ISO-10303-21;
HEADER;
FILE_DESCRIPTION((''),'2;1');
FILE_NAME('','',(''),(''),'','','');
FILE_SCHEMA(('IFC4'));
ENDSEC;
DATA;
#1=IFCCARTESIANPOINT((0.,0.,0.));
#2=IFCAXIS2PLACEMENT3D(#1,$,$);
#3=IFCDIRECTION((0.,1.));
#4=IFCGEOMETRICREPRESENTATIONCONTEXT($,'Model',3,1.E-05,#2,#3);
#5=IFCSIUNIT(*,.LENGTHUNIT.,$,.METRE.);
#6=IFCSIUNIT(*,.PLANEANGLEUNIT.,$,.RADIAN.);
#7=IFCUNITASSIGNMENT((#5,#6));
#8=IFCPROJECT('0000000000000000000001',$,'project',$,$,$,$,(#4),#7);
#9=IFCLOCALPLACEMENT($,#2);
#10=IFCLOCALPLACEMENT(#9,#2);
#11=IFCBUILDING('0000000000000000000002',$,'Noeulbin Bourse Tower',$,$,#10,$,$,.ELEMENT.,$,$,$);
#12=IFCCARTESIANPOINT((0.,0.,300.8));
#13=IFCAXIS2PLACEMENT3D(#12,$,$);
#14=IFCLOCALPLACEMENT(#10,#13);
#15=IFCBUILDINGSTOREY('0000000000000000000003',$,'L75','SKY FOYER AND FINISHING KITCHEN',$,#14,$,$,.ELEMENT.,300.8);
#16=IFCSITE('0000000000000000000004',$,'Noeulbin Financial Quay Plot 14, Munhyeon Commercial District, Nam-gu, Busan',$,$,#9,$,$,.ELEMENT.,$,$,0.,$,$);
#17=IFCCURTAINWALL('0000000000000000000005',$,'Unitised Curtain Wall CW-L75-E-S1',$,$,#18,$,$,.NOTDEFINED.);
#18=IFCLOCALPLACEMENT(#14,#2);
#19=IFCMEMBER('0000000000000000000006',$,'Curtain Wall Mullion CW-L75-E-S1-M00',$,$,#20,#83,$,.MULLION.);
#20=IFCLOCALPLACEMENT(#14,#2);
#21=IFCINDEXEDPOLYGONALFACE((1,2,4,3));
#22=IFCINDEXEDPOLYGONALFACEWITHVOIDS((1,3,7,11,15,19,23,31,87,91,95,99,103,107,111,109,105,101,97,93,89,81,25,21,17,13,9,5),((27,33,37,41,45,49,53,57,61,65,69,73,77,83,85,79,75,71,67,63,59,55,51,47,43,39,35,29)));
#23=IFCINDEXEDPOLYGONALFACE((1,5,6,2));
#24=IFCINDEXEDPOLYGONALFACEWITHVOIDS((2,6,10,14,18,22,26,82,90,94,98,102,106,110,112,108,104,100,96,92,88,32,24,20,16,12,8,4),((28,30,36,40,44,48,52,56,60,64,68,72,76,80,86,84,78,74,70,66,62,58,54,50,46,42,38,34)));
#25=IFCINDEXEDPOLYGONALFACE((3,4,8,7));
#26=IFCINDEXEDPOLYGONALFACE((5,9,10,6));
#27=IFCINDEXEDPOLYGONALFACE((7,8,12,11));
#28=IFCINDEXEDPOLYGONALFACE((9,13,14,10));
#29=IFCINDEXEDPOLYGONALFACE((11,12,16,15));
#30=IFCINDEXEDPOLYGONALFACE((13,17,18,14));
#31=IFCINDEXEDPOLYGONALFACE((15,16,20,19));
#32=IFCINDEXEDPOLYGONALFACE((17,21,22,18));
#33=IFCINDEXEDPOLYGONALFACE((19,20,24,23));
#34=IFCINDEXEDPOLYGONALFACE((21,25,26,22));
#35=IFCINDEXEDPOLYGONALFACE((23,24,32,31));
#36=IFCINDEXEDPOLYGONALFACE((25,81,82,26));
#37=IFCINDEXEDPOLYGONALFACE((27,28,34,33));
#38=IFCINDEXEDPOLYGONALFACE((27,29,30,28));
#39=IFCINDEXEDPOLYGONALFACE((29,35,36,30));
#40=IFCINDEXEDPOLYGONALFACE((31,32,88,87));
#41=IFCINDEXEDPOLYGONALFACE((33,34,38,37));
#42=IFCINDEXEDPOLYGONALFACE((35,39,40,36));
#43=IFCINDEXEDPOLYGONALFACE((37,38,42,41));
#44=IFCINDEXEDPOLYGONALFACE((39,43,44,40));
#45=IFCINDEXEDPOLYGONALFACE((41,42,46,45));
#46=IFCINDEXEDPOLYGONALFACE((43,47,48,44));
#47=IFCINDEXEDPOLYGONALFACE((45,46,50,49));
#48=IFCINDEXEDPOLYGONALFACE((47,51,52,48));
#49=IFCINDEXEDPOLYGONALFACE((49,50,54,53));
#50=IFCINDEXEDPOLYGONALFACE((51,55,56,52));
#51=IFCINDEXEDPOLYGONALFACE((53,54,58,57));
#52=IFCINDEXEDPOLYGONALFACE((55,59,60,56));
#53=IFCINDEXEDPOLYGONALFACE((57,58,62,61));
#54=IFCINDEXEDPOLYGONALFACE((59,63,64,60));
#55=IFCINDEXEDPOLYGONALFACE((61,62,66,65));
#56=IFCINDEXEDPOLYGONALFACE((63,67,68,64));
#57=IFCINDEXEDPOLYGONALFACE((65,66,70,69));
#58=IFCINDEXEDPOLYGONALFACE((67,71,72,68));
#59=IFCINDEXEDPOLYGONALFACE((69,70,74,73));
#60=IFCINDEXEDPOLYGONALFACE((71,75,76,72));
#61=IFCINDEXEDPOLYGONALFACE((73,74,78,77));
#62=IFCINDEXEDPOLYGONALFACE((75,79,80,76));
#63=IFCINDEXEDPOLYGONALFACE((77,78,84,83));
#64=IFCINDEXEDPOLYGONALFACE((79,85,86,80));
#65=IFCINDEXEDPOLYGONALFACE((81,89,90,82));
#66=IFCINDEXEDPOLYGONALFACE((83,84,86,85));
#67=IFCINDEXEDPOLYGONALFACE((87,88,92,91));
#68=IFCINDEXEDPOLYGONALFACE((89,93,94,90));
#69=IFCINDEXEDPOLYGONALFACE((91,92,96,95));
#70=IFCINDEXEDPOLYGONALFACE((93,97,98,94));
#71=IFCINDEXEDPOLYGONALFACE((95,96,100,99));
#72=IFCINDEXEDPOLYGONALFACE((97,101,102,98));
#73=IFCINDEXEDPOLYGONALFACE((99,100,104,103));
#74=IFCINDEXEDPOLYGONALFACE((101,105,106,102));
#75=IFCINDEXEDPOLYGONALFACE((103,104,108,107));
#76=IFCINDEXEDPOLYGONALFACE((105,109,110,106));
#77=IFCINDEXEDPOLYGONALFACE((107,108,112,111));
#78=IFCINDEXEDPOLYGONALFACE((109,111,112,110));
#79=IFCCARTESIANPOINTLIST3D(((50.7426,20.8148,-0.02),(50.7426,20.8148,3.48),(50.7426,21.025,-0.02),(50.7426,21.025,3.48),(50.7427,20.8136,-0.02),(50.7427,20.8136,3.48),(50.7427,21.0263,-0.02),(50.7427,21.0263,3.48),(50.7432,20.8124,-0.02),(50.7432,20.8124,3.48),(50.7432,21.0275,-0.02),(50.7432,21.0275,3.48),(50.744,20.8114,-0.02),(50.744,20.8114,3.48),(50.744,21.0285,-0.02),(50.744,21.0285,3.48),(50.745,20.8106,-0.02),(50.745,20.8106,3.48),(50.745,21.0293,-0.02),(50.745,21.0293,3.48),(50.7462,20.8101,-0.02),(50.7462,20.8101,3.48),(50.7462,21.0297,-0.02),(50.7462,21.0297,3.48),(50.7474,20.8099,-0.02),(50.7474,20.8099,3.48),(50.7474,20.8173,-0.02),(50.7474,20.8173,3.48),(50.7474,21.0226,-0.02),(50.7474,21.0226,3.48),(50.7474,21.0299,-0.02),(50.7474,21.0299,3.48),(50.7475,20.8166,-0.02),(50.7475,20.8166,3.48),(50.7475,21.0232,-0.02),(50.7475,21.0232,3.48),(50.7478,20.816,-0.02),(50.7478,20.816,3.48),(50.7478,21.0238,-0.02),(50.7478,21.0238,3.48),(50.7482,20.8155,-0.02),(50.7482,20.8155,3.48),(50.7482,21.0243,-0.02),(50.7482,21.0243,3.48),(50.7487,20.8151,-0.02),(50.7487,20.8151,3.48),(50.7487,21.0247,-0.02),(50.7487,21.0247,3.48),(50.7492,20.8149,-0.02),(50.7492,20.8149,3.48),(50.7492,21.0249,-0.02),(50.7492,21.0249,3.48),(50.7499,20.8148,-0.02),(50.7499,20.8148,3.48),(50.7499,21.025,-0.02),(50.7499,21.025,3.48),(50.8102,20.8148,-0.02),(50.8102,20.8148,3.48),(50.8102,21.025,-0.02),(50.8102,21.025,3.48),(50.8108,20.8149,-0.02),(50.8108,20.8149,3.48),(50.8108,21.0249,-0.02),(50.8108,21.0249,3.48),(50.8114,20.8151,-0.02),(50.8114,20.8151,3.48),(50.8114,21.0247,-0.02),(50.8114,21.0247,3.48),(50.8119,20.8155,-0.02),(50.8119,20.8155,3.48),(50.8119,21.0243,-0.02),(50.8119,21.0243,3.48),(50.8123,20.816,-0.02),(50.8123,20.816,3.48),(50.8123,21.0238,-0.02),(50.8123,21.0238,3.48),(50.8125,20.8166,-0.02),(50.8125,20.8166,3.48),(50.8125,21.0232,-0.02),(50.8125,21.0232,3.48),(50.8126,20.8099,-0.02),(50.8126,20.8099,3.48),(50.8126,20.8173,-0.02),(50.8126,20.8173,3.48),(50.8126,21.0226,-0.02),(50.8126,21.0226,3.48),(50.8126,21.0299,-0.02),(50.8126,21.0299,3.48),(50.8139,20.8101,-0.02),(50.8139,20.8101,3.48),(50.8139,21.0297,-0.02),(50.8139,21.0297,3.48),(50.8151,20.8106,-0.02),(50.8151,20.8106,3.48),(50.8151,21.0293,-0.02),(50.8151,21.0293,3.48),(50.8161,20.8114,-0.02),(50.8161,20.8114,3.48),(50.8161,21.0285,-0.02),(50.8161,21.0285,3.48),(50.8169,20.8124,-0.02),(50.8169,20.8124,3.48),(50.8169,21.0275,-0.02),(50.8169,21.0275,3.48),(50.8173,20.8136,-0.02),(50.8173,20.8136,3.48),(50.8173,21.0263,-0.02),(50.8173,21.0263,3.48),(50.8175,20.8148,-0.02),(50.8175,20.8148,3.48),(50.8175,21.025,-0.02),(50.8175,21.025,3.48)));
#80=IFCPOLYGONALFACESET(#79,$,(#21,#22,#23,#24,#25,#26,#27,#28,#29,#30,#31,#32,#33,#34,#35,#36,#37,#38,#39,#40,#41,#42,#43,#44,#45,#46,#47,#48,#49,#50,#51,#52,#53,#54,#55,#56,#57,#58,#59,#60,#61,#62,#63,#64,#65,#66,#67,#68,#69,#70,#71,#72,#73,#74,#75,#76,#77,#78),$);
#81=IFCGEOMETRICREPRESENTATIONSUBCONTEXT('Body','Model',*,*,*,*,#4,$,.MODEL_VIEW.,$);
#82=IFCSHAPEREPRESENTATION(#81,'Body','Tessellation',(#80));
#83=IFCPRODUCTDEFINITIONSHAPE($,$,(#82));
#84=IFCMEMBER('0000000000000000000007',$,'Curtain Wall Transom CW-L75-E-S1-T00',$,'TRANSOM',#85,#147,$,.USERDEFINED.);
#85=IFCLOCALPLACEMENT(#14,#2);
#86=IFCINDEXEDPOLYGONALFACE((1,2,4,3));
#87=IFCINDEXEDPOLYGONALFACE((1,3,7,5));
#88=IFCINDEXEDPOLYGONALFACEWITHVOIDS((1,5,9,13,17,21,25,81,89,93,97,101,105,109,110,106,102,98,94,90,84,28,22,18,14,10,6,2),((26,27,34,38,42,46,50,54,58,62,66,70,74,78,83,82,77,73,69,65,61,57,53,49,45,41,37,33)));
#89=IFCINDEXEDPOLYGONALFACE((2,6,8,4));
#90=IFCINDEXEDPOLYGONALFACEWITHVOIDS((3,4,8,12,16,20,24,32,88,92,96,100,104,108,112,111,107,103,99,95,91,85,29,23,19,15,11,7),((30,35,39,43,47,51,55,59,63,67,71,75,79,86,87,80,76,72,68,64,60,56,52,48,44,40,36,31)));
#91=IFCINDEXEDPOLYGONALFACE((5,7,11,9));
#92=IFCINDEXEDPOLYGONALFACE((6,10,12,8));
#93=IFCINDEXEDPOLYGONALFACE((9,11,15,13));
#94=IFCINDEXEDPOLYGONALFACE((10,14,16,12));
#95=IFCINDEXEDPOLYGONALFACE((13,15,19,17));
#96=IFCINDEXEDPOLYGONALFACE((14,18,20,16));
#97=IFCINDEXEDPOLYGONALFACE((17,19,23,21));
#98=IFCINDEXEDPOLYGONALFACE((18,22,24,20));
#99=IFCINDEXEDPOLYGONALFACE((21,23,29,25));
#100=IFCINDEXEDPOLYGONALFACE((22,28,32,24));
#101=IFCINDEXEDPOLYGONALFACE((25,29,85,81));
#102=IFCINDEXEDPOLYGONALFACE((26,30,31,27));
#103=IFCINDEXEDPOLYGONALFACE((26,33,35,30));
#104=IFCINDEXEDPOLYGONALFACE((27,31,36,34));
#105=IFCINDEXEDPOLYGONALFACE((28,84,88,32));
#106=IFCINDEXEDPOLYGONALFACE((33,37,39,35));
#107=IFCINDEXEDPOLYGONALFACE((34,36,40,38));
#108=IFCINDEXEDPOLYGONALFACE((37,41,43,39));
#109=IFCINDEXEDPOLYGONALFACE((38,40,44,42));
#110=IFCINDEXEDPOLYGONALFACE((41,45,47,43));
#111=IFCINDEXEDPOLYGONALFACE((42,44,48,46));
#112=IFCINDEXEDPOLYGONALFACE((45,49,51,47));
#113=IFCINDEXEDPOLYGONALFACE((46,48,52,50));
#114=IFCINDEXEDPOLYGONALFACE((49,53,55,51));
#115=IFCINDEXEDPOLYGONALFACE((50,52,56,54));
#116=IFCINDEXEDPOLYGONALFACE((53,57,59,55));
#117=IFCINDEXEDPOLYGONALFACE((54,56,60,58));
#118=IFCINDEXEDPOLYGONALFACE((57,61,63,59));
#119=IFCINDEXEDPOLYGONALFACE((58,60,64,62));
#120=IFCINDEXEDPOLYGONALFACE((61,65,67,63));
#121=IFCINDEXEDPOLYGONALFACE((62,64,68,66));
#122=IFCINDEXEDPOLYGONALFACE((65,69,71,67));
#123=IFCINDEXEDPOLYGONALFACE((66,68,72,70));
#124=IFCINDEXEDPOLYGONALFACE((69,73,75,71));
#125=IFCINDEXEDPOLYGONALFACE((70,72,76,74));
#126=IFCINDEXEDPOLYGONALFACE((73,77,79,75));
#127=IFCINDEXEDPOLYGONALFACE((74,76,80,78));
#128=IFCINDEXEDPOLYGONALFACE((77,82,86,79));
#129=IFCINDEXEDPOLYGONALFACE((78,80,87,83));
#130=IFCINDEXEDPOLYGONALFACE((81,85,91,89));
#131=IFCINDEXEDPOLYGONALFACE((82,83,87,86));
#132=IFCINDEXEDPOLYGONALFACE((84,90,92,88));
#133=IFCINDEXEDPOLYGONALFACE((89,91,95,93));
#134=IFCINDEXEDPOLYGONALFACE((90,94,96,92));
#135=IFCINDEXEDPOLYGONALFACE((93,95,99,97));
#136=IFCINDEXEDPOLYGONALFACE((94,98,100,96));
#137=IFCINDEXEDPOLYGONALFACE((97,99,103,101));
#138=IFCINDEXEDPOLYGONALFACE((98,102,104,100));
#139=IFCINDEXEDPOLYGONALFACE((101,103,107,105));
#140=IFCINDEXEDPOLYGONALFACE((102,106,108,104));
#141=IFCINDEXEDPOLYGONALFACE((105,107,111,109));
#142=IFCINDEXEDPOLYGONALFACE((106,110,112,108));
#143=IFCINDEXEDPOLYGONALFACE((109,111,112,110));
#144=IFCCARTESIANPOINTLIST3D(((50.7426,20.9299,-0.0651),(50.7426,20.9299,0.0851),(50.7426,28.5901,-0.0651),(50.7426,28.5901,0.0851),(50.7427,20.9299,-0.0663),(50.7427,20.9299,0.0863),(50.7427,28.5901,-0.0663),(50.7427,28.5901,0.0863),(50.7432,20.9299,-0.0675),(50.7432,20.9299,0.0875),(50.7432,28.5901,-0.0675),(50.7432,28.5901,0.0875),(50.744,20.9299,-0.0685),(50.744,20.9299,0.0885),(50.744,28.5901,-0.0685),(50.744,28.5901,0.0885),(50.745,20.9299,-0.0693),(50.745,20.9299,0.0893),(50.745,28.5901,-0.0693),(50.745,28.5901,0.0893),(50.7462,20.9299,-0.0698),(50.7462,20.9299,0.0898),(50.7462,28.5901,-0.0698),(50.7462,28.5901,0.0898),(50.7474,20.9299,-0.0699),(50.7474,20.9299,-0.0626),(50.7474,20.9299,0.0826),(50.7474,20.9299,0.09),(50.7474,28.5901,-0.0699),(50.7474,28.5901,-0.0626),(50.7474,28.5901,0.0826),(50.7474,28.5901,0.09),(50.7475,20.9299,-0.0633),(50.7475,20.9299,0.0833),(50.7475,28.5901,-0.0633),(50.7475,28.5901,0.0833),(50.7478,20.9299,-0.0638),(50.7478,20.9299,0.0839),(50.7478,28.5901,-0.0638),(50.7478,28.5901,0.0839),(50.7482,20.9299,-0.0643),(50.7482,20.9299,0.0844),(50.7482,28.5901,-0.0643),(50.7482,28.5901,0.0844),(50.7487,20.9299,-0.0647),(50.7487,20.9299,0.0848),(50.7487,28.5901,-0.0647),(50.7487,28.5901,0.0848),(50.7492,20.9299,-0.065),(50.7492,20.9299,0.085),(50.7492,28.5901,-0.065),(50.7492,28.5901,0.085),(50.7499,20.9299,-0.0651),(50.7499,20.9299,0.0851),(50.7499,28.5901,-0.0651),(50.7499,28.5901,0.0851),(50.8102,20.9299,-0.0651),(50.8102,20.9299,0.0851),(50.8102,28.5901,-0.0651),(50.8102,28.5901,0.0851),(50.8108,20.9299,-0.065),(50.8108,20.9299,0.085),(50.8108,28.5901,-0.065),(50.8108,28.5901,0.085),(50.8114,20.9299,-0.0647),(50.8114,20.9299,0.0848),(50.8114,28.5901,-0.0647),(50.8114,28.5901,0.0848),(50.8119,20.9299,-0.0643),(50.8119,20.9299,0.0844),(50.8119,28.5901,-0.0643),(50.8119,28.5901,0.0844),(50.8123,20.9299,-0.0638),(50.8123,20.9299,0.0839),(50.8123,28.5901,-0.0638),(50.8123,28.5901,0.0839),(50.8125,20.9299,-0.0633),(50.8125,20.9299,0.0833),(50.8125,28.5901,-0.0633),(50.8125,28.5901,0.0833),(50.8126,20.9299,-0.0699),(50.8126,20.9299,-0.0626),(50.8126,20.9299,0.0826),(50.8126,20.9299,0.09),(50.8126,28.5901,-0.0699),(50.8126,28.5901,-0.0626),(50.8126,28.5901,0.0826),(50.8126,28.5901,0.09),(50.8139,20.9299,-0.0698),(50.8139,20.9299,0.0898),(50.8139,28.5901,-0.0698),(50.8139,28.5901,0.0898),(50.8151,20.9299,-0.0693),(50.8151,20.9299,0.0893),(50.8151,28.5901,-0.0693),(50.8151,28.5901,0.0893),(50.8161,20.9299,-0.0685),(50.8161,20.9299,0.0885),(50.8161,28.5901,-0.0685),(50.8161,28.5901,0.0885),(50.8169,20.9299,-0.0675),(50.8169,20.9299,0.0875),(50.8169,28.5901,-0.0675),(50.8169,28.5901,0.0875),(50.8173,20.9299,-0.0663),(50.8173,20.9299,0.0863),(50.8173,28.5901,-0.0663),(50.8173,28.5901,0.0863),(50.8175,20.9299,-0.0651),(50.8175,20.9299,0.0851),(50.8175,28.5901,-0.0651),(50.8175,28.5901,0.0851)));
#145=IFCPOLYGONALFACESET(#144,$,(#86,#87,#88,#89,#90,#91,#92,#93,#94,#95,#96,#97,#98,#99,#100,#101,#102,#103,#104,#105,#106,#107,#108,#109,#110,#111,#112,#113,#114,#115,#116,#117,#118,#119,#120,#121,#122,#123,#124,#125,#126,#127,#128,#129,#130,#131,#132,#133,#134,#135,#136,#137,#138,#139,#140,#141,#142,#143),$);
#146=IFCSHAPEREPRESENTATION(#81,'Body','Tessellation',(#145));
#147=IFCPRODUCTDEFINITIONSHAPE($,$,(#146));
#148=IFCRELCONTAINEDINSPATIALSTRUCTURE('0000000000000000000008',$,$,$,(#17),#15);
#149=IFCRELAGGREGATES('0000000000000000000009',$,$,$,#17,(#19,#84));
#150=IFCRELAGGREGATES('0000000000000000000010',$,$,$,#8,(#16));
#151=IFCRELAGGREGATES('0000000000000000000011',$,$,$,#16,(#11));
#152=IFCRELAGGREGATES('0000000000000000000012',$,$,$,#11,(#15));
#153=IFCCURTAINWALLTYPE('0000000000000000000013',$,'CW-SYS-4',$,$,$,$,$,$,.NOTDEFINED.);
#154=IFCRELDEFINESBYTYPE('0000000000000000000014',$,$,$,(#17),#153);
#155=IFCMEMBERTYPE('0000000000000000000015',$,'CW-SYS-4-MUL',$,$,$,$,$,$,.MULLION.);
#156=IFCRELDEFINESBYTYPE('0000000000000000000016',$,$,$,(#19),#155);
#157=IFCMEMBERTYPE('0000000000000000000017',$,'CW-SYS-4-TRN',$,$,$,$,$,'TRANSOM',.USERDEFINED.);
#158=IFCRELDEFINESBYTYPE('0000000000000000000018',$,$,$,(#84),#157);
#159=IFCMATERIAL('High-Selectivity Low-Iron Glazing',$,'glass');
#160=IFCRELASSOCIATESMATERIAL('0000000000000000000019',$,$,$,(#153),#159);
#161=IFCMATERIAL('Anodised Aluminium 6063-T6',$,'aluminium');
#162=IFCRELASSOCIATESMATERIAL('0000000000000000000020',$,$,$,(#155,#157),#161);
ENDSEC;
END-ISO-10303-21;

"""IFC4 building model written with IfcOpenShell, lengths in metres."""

from ifc_helpers import new_model, si_unit, direction, frame, origin, origin_2d, place, context, subcontext, project, spatial, hollow_rectangle, extrude, material, material_profile, profile_set, type_object, element, aggregate, save


model = new_model("IFC4")

# Units and contexts
model_context = context("Model", 3, precision=1e-05, world=origin(), true_north=direction((0.0, 1.0)))
body_context = subcontext(model_context, "Body", "Model", "MODEL_VIEW")
ifc_project = project(units=[si_unit("LENGTHUNIT", "METRE"), si_unit("PLANEANGLEUNIT", "RADIAN")], contexts=[model_context])

# Site, building, storey
site_placement = place(None, origin())
site = spatial("IfcSite", under=ifc_project, at=site_placement, Name="Noeulbin Financial Quay Plot 14, Munhyeon Commercial District, Nam-gu, Busan", CompositionType="ELEMENT", RefElevation=0.0)
building_placement = place(site_placement, origin())
building = spatial("IfcBuilding", under=site, at=building_placement, Name="Noeulbin Bourse Tower", CompositionType="ELEMENT")
storey_placement = place(building_placement, frame((0.0, 0.0, 300.8)))
storey = spatial("IfcBuildingStorey", under=building, at=storey_placement, Name="L75", Description="SKY FOYER AND FINISHING KITCHEN", CompositionType="ELEMENT", Elevation=300.8)

# Curtain wall, members
ifc_material_1 = material(Name="High-Selectivity Low-Iron Glazing", Category="glass")
curtain_wall_type = type_object("IfcCurtainWallType", Name="CW-SYS-4", PredefinedType="NOTDEFINED", material=ifc_material_1)
ifc_material_2 = material(Name="Anodised Aluminium 6063-T6", Category="aluminium")
ifc_material_profile_1 = material_profile(ifc_material_2, hollow_rectangle(XDim=0.075, YDim=0.22, WallThickness=0.0049, InnerFilletRadius=0.0024, OuterFilletRadius=0.0049, at=origin_2d()), Name="ALU-MULL-75x220x5", Category="LoadBearing")
ifc_profile_set_1 = profile_set([ifc_material_profile_1], Name="Anodised Aluminium 6063-T6")
member_type_1 = type_object("IfcMemberType", Name="CW-SYS-4-MUL", PredefinedType="MULLION", material=ifc_profile_set_1)
curtain_wall_1_placement = place(storey_placement, origin())
curtain_wall_1 = element("IfcCurtainWall", 1, at=curtain_wall_1_placement, inside=storey, type_object=curtain_wall_type, Name="Unitised Curtain Wall CW-L75-E-S1", PredefinedType="NOTDEFINED")
member_1_placement = place(storey_placement, frame((50.78, 20.9199, -0.02), z_axis=(0.0, 0.0, 1.0), x_axis=(1.0, 0.0, 0.0)))
member_1 = element("IfcMember", 2, at=member_1_placement, type_object=member_type_1, Name="Curtain Wall Mullion CW-L75-E-S1-M00", PredefinedType="MULLION", context=body_context, shape_type="SweptSolid", body=[
    extrude(hollow_rectangle(XDim=0.075, YDim=0.22, WallThickness=0.0049, InnerFilletRadius=0.0024, OuterFilletRadius=0.0049, at=origin_2d()), origin(), (0.0, 0.0, 1.0), 3.5),
])
ifc_material_profile_2 = material_profile(ifc_material_2, hollow_rectangle(XDim=0.075, YDim=0.1599, WallThickness=0.0049, InnerFilletRadius=0.0024, OuterFilletRadius=0.0049, at=origin_2d()), Name="ALU-TRAN-75x160x5", Category="LoadBearing")
ifc_profile_set_2 = profile_set([ifc_material_profile_2], Name="Anodised Aluminium 6063-T6")
member_type_2 = type_object("IfcMemberType", Name="CW-SYS-4-TRN", ElementType="TRANSOM", PredefinedType="USERDEFINED", material=ifc_profile_set_2)
member_2_placement = place(storey_placement, frame((50.78, 20.9299, 0.01), z_axis=(0.0, 1.0, 0.0), x_axis=(-1.0, 0.0, 0.0)))
member_2 = element("IfcMember", 3, at=member_2_placement, type_object=member_type_2, Name="Curtain Wall Transom CW-L75-E-S1-T00", ObjectType="TRANSOM", PredefinedType="USERDEFINED", context=body_context, shape_type="SweptSolid", body=[
    extrude(hollow_rectangle(XDim=0.075, YDim=0.1599, WallThickness=0.0049, InnerFilletRadius=0.0024, OuterFilletRadius=0.0049, at=origin_2d()), origin(), (0.0, 0.0, 1.0), 7.6602),
])

aggregate(curtain_wall_1, [member_1, member_2])

save(model, "model.ifc")
